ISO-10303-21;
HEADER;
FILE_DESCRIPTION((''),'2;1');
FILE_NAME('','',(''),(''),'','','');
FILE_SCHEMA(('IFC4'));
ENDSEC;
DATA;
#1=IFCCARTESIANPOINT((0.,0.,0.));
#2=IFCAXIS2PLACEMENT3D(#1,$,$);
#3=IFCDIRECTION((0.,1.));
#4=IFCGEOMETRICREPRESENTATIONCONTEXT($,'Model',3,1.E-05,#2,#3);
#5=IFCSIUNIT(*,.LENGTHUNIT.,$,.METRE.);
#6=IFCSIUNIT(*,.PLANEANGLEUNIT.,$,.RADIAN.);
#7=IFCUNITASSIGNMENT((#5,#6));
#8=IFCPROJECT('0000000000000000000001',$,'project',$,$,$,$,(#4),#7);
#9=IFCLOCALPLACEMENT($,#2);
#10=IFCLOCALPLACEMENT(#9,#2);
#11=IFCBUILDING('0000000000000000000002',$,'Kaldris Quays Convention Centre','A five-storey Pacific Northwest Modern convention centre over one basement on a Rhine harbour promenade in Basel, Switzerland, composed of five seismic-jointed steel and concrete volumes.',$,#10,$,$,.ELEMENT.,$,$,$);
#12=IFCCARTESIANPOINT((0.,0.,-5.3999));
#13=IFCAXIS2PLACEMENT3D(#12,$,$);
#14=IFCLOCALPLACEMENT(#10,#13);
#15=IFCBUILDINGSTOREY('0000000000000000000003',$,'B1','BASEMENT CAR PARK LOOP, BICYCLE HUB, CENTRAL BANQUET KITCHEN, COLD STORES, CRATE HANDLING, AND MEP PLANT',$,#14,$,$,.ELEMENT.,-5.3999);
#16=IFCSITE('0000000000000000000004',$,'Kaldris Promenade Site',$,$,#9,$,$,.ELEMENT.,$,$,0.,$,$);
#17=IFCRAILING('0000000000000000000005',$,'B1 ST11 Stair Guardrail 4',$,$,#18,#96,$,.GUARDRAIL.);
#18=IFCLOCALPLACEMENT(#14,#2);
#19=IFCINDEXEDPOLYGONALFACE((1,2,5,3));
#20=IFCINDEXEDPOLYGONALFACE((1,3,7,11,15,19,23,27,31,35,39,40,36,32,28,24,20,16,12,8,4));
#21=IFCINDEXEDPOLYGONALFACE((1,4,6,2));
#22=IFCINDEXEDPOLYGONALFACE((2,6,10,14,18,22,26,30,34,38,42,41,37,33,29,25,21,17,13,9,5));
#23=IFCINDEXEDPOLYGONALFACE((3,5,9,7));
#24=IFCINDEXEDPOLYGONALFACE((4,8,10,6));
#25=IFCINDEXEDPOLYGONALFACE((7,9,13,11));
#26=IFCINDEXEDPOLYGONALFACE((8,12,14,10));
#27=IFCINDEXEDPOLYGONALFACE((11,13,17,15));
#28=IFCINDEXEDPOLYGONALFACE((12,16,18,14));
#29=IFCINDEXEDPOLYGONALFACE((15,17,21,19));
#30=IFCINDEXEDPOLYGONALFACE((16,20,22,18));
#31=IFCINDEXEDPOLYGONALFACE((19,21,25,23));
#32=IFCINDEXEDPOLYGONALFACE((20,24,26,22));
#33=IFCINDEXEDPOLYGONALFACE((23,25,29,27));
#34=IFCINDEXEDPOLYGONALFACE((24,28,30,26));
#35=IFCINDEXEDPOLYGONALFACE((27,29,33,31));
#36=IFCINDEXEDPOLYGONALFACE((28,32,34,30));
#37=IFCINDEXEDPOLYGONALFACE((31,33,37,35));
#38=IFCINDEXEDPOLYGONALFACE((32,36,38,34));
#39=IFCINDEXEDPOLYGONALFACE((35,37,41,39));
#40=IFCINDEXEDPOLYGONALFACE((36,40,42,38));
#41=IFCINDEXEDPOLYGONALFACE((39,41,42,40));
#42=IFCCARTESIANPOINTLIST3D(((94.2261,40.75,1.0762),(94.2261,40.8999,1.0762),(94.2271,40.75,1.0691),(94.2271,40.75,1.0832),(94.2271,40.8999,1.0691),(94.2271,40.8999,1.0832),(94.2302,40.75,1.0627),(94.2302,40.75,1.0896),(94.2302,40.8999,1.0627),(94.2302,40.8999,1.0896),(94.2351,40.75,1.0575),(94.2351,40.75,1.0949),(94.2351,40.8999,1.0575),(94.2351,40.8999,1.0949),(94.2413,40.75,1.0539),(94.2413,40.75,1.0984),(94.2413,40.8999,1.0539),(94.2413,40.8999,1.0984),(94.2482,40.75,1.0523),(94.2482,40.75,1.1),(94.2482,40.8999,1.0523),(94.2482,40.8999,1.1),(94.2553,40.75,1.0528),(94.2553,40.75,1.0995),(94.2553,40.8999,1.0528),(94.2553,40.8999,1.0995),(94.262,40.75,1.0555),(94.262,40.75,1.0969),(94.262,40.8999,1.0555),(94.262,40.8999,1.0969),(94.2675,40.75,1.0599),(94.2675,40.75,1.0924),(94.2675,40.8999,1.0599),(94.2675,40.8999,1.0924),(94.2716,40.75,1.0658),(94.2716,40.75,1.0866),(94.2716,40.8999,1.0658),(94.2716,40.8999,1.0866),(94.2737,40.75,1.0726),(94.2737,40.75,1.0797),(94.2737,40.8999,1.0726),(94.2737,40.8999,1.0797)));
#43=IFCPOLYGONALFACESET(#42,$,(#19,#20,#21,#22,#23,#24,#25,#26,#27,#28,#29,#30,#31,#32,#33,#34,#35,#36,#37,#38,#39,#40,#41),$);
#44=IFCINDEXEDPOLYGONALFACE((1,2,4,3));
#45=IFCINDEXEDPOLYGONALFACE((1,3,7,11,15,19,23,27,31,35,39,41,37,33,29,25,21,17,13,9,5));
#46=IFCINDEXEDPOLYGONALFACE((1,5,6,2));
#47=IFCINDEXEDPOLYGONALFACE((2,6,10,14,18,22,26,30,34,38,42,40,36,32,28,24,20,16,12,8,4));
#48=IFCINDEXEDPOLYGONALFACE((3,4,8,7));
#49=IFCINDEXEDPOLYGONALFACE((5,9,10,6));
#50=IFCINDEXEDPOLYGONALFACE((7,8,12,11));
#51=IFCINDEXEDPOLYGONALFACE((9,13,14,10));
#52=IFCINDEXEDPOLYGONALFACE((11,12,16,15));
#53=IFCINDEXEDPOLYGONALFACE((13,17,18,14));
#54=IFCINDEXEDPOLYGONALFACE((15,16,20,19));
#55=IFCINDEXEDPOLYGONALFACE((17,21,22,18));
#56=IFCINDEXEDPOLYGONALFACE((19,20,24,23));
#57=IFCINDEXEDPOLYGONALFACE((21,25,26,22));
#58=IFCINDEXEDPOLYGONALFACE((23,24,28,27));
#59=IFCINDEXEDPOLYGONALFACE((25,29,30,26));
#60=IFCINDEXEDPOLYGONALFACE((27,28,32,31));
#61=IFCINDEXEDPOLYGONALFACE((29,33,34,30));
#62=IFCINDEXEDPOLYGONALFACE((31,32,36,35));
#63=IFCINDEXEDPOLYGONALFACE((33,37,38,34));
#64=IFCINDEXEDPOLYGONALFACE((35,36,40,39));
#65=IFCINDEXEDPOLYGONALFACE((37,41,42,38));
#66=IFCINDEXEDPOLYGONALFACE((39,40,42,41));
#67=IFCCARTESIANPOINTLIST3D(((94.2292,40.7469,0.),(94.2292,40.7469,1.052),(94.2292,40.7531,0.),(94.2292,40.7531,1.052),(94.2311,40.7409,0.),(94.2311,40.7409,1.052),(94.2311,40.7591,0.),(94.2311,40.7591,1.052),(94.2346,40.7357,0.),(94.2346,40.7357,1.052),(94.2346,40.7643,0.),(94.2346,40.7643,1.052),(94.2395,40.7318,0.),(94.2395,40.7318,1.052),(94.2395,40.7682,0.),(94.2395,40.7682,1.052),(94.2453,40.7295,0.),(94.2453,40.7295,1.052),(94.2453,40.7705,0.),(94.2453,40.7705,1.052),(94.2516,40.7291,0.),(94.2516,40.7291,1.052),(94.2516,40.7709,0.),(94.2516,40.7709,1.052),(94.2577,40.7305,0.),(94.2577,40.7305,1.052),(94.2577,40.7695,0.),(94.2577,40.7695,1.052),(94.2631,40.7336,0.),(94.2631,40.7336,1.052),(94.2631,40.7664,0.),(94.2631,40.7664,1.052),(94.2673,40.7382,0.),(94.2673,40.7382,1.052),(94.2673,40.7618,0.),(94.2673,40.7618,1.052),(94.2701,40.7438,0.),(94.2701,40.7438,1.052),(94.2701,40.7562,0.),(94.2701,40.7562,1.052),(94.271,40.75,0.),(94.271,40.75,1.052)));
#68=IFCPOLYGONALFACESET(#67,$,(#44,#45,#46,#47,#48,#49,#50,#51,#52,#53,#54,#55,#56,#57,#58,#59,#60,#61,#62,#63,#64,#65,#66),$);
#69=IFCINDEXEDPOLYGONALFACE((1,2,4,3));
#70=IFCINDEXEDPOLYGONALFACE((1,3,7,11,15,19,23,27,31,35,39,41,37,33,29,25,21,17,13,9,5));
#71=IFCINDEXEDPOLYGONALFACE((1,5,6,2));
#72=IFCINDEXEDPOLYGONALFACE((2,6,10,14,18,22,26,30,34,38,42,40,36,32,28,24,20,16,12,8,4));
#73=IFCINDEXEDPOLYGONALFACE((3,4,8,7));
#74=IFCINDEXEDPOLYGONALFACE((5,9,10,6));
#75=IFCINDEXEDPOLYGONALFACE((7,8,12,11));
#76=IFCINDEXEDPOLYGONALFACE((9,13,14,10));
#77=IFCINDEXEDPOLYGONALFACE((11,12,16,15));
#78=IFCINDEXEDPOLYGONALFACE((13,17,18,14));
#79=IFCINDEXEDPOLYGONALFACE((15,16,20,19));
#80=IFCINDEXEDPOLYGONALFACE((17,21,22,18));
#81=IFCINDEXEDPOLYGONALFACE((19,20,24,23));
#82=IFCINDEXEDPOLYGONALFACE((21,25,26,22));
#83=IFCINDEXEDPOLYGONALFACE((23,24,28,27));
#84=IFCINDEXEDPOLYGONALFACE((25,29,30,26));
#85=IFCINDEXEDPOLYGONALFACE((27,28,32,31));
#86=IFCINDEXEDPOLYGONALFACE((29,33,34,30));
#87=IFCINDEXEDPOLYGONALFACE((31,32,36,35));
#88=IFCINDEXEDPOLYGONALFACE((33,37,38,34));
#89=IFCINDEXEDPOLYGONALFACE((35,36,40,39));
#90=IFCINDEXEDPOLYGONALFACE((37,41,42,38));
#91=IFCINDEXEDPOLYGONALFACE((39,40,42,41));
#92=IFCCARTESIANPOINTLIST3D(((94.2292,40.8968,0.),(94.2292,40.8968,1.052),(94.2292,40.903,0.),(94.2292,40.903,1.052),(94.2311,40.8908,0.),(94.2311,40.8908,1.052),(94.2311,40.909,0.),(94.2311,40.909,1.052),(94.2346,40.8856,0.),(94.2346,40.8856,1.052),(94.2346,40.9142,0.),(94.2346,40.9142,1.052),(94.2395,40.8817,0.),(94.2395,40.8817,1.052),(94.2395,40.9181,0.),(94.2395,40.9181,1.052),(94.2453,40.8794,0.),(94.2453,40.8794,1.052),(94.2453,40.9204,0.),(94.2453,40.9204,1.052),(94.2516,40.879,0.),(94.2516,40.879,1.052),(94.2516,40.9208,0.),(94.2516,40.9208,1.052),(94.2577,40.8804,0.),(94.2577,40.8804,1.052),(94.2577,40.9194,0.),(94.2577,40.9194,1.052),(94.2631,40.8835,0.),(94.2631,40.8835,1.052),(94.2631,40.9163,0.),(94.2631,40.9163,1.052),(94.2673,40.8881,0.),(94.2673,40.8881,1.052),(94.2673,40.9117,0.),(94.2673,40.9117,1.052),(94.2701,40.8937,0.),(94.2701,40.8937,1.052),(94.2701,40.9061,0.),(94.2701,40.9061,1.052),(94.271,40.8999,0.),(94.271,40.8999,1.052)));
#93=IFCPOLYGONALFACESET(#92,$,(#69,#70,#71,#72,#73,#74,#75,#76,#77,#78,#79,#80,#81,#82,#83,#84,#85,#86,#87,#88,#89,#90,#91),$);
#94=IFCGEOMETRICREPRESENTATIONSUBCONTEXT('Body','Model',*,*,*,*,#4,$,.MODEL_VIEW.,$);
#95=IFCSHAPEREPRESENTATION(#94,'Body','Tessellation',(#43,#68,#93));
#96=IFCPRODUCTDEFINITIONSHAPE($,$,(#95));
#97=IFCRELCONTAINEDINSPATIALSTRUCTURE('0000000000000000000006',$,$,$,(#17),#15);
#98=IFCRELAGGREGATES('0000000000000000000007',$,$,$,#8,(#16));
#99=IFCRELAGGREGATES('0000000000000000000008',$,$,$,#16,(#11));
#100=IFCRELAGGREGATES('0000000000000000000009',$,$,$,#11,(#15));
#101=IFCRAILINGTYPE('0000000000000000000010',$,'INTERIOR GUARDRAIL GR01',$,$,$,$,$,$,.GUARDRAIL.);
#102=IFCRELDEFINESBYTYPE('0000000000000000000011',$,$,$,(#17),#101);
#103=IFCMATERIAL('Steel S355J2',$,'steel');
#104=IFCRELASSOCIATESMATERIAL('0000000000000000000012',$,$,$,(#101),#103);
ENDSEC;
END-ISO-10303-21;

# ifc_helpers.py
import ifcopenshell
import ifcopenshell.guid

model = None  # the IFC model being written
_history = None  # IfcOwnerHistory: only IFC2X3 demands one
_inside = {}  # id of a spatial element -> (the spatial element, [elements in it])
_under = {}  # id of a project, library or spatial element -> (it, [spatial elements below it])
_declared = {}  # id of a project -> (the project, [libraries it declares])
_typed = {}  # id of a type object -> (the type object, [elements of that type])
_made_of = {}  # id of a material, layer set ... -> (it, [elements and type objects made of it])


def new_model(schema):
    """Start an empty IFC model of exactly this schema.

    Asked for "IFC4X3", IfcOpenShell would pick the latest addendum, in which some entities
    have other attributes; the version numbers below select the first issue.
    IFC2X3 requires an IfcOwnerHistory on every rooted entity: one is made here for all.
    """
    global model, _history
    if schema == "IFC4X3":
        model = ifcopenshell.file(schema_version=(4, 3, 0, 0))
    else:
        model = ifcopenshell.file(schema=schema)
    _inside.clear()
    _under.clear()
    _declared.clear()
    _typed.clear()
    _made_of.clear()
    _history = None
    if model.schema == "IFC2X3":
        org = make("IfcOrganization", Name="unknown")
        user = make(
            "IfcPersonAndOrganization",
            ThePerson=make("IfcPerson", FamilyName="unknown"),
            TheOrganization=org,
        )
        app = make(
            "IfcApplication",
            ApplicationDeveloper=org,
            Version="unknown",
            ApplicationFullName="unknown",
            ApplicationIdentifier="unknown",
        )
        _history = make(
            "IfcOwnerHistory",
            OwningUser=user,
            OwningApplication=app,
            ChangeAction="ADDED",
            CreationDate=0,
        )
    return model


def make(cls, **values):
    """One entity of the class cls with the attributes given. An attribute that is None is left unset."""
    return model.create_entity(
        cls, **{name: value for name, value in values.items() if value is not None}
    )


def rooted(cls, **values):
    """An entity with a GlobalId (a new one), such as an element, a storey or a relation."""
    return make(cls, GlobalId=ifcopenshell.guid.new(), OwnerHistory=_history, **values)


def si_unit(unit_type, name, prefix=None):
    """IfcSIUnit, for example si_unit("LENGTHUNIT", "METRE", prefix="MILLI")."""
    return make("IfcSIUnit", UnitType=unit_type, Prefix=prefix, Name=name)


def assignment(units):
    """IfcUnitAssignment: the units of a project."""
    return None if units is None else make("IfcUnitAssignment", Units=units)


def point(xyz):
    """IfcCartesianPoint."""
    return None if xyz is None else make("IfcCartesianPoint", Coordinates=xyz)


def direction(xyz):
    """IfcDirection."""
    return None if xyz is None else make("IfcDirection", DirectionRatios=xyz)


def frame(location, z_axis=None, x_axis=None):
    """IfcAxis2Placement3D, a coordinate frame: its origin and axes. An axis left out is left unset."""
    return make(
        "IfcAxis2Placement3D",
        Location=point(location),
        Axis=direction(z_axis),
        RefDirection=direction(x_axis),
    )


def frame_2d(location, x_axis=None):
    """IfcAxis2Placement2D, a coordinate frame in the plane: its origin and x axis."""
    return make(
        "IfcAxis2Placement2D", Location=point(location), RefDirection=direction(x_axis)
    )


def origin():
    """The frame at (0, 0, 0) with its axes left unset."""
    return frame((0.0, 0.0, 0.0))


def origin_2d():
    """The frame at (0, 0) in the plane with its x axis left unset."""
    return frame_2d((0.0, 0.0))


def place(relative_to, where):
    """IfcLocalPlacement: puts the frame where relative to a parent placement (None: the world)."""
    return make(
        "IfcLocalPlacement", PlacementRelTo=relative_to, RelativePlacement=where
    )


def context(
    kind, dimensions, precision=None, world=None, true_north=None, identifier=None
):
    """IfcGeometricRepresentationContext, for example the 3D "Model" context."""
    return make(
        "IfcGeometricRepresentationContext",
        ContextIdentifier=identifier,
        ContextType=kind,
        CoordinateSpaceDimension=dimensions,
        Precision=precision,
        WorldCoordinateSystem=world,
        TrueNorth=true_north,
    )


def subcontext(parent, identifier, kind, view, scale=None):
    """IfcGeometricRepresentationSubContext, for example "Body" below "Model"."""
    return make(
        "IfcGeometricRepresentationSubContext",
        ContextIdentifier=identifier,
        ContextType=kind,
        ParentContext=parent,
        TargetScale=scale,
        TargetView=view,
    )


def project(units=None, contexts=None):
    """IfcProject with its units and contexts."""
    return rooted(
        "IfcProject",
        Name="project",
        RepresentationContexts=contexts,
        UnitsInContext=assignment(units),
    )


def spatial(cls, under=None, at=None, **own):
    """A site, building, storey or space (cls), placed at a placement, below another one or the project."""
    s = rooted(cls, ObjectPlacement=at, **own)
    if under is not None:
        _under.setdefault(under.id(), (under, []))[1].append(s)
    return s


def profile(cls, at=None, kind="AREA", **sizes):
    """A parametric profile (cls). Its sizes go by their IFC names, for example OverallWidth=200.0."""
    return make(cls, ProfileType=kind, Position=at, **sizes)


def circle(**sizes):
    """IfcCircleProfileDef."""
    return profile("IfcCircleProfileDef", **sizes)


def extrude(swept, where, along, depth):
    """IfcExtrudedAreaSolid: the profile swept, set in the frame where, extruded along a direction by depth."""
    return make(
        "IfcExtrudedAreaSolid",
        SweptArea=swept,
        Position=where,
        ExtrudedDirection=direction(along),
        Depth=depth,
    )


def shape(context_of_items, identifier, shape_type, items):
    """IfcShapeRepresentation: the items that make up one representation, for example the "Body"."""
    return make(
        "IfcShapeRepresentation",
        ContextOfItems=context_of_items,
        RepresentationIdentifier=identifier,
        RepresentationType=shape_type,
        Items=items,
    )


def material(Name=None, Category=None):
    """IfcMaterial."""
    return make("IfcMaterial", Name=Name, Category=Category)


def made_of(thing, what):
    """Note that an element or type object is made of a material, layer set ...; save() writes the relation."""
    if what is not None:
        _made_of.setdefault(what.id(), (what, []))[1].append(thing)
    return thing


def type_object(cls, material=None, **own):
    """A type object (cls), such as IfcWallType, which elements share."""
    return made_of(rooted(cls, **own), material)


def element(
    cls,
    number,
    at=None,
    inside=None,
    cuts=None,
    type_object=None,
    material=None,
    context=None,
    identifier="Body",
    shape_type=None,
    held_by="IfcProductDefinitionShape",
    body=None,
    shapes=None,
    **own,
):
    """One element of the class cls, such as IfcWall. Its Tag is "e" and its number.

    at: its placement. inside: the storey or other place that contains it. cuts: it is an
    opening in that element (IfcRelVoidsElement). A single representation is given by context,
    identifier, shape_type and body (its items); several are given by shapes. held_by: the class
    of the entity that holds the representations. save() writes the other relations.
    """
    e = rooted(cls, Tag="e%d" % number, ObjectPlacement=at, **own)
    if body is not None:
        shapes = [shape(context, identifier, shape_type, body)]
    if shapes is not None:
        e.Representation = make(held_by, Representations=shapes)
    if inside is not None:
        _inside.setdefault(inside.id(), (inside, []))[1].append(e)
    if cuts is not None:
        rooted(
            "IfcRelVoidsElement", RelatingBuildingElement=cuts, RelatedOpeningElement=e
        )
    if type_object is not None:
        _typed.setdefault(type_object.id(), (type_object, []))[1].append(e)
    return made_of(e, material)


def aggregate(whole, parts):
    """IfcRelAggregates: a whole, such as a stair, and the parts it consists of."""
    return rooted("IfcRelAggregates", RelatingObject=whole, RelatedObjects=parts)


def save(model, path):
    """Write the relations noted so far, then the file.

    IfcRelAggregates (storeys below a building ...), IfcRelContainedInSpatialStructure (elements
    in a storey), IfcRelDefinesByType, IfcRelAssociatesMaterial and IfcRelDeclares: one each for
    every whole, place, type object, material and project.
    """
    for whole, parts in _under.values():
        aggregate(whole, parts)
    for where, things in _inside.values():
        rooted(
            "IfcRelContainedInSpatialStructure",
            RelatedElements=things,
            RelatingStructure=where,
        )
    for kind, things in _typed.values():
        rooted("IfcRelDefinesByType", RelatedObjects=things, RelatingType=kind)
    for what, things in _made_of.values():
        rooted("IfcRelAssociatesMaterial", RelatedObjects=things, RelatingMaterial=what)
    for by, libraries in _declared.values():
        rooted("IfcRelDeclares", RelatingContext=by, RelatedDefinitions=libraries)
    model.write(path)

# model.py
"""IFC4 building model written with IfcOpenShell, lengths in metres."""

from ifc_helpers import new_model, si_unit, direction, frame, origin, origin_2d, place, context, subcontext, project, spatial, circle, extrude, material, type_object, element, save


model = new_model("IFC4")

# Units and contexts
model_context = context("Model", 3, precision=1e-05, world=origin(), true_north=direction((0.0, 1.0)))
body_context = subcontext(model_context, "Body", "Model", "MODEL_VIEW")
ifc_project = project(units=[si_unit("LENGTHUNIT", "METRE"), si_unit("PLANEANGLEUNIT", "RADIAN")], contexts=[model_context])

# Site, building, storey
site_placement = place(None, origin())
site = spatial("IfcSite", under=ifc_project, at=site_placement, Name="Kaldris Promenade Site", CompositionType="ELEMENT", RefElevation=0.0)
building_placement = place(site_placement, origin())
building = spatial("IfcBuilding", under=site, at=building_placement, Name="Kaldris Quays Convention Centre", Description="A five-storey Pacific Northwest Modern convention centre over one basement on a Rhine harbour promenade in Basel, Switzerland, composed of five seismic-jointed steel and concrete volumes.", CompositionType="ELEMENT")
storey_placement = place(building_placement, frame((0.0, 0.0, -5.3999)))
storey = spatial("IfcBuildingStorey", under=building, at=storey_placement, Name="B1", Description="BASEMENT CAR PARK LOOP, BICYCLE HUB, CENTRAL BANQUET KITCHEN, COLD STORES, CRATE HANDLING, AND MEP PLANT", CompositionType="ELEMENT", Elevation=-5.3999)

# Shared definitions
ifc_material_1 = material(Name="Steel S355J2", Category="steel")

# Railing
railing_type_1 = type_object("IfcRailingType", Name="INTERIOR GUARDRAIL GR01", PredefinedType="GUARDRAIL", material=ifc_material_1)
railing_1_placement = place(storey_placement, frame((94.25, 40.75, 0.0)))
element("IfcRailing", 1, at=railing_1_placement, inside=storey, type_object=railing_type_1, Name="B1 ST11 Stair Guardrail 4", PredefinedType="GUARDRAIL", context=body_context, shape_type="SweptSolid", body=[
    extrude(circle(Radius=0.0239, at=origin_2d()), frame((0.0, 0.0, 1.0762), z_axis=(0.0, 1.0, 0.0), x_axis=(-1.0, 0.0, 0.0)), (0.0, 0.0, 1.0), 0.1499),
    extrude(circle(Radius=0.021, at=origin_2d()), origin(), (0.0, 0.0, 1.0), 1.052),
    extrude(circle(Radius=0.021, at=origin_2d()), frame((0.0, 0.1499, 0.0)), (0.0, 0.0, 1.0), 1.052),
])

save(model, "model.ifc")
